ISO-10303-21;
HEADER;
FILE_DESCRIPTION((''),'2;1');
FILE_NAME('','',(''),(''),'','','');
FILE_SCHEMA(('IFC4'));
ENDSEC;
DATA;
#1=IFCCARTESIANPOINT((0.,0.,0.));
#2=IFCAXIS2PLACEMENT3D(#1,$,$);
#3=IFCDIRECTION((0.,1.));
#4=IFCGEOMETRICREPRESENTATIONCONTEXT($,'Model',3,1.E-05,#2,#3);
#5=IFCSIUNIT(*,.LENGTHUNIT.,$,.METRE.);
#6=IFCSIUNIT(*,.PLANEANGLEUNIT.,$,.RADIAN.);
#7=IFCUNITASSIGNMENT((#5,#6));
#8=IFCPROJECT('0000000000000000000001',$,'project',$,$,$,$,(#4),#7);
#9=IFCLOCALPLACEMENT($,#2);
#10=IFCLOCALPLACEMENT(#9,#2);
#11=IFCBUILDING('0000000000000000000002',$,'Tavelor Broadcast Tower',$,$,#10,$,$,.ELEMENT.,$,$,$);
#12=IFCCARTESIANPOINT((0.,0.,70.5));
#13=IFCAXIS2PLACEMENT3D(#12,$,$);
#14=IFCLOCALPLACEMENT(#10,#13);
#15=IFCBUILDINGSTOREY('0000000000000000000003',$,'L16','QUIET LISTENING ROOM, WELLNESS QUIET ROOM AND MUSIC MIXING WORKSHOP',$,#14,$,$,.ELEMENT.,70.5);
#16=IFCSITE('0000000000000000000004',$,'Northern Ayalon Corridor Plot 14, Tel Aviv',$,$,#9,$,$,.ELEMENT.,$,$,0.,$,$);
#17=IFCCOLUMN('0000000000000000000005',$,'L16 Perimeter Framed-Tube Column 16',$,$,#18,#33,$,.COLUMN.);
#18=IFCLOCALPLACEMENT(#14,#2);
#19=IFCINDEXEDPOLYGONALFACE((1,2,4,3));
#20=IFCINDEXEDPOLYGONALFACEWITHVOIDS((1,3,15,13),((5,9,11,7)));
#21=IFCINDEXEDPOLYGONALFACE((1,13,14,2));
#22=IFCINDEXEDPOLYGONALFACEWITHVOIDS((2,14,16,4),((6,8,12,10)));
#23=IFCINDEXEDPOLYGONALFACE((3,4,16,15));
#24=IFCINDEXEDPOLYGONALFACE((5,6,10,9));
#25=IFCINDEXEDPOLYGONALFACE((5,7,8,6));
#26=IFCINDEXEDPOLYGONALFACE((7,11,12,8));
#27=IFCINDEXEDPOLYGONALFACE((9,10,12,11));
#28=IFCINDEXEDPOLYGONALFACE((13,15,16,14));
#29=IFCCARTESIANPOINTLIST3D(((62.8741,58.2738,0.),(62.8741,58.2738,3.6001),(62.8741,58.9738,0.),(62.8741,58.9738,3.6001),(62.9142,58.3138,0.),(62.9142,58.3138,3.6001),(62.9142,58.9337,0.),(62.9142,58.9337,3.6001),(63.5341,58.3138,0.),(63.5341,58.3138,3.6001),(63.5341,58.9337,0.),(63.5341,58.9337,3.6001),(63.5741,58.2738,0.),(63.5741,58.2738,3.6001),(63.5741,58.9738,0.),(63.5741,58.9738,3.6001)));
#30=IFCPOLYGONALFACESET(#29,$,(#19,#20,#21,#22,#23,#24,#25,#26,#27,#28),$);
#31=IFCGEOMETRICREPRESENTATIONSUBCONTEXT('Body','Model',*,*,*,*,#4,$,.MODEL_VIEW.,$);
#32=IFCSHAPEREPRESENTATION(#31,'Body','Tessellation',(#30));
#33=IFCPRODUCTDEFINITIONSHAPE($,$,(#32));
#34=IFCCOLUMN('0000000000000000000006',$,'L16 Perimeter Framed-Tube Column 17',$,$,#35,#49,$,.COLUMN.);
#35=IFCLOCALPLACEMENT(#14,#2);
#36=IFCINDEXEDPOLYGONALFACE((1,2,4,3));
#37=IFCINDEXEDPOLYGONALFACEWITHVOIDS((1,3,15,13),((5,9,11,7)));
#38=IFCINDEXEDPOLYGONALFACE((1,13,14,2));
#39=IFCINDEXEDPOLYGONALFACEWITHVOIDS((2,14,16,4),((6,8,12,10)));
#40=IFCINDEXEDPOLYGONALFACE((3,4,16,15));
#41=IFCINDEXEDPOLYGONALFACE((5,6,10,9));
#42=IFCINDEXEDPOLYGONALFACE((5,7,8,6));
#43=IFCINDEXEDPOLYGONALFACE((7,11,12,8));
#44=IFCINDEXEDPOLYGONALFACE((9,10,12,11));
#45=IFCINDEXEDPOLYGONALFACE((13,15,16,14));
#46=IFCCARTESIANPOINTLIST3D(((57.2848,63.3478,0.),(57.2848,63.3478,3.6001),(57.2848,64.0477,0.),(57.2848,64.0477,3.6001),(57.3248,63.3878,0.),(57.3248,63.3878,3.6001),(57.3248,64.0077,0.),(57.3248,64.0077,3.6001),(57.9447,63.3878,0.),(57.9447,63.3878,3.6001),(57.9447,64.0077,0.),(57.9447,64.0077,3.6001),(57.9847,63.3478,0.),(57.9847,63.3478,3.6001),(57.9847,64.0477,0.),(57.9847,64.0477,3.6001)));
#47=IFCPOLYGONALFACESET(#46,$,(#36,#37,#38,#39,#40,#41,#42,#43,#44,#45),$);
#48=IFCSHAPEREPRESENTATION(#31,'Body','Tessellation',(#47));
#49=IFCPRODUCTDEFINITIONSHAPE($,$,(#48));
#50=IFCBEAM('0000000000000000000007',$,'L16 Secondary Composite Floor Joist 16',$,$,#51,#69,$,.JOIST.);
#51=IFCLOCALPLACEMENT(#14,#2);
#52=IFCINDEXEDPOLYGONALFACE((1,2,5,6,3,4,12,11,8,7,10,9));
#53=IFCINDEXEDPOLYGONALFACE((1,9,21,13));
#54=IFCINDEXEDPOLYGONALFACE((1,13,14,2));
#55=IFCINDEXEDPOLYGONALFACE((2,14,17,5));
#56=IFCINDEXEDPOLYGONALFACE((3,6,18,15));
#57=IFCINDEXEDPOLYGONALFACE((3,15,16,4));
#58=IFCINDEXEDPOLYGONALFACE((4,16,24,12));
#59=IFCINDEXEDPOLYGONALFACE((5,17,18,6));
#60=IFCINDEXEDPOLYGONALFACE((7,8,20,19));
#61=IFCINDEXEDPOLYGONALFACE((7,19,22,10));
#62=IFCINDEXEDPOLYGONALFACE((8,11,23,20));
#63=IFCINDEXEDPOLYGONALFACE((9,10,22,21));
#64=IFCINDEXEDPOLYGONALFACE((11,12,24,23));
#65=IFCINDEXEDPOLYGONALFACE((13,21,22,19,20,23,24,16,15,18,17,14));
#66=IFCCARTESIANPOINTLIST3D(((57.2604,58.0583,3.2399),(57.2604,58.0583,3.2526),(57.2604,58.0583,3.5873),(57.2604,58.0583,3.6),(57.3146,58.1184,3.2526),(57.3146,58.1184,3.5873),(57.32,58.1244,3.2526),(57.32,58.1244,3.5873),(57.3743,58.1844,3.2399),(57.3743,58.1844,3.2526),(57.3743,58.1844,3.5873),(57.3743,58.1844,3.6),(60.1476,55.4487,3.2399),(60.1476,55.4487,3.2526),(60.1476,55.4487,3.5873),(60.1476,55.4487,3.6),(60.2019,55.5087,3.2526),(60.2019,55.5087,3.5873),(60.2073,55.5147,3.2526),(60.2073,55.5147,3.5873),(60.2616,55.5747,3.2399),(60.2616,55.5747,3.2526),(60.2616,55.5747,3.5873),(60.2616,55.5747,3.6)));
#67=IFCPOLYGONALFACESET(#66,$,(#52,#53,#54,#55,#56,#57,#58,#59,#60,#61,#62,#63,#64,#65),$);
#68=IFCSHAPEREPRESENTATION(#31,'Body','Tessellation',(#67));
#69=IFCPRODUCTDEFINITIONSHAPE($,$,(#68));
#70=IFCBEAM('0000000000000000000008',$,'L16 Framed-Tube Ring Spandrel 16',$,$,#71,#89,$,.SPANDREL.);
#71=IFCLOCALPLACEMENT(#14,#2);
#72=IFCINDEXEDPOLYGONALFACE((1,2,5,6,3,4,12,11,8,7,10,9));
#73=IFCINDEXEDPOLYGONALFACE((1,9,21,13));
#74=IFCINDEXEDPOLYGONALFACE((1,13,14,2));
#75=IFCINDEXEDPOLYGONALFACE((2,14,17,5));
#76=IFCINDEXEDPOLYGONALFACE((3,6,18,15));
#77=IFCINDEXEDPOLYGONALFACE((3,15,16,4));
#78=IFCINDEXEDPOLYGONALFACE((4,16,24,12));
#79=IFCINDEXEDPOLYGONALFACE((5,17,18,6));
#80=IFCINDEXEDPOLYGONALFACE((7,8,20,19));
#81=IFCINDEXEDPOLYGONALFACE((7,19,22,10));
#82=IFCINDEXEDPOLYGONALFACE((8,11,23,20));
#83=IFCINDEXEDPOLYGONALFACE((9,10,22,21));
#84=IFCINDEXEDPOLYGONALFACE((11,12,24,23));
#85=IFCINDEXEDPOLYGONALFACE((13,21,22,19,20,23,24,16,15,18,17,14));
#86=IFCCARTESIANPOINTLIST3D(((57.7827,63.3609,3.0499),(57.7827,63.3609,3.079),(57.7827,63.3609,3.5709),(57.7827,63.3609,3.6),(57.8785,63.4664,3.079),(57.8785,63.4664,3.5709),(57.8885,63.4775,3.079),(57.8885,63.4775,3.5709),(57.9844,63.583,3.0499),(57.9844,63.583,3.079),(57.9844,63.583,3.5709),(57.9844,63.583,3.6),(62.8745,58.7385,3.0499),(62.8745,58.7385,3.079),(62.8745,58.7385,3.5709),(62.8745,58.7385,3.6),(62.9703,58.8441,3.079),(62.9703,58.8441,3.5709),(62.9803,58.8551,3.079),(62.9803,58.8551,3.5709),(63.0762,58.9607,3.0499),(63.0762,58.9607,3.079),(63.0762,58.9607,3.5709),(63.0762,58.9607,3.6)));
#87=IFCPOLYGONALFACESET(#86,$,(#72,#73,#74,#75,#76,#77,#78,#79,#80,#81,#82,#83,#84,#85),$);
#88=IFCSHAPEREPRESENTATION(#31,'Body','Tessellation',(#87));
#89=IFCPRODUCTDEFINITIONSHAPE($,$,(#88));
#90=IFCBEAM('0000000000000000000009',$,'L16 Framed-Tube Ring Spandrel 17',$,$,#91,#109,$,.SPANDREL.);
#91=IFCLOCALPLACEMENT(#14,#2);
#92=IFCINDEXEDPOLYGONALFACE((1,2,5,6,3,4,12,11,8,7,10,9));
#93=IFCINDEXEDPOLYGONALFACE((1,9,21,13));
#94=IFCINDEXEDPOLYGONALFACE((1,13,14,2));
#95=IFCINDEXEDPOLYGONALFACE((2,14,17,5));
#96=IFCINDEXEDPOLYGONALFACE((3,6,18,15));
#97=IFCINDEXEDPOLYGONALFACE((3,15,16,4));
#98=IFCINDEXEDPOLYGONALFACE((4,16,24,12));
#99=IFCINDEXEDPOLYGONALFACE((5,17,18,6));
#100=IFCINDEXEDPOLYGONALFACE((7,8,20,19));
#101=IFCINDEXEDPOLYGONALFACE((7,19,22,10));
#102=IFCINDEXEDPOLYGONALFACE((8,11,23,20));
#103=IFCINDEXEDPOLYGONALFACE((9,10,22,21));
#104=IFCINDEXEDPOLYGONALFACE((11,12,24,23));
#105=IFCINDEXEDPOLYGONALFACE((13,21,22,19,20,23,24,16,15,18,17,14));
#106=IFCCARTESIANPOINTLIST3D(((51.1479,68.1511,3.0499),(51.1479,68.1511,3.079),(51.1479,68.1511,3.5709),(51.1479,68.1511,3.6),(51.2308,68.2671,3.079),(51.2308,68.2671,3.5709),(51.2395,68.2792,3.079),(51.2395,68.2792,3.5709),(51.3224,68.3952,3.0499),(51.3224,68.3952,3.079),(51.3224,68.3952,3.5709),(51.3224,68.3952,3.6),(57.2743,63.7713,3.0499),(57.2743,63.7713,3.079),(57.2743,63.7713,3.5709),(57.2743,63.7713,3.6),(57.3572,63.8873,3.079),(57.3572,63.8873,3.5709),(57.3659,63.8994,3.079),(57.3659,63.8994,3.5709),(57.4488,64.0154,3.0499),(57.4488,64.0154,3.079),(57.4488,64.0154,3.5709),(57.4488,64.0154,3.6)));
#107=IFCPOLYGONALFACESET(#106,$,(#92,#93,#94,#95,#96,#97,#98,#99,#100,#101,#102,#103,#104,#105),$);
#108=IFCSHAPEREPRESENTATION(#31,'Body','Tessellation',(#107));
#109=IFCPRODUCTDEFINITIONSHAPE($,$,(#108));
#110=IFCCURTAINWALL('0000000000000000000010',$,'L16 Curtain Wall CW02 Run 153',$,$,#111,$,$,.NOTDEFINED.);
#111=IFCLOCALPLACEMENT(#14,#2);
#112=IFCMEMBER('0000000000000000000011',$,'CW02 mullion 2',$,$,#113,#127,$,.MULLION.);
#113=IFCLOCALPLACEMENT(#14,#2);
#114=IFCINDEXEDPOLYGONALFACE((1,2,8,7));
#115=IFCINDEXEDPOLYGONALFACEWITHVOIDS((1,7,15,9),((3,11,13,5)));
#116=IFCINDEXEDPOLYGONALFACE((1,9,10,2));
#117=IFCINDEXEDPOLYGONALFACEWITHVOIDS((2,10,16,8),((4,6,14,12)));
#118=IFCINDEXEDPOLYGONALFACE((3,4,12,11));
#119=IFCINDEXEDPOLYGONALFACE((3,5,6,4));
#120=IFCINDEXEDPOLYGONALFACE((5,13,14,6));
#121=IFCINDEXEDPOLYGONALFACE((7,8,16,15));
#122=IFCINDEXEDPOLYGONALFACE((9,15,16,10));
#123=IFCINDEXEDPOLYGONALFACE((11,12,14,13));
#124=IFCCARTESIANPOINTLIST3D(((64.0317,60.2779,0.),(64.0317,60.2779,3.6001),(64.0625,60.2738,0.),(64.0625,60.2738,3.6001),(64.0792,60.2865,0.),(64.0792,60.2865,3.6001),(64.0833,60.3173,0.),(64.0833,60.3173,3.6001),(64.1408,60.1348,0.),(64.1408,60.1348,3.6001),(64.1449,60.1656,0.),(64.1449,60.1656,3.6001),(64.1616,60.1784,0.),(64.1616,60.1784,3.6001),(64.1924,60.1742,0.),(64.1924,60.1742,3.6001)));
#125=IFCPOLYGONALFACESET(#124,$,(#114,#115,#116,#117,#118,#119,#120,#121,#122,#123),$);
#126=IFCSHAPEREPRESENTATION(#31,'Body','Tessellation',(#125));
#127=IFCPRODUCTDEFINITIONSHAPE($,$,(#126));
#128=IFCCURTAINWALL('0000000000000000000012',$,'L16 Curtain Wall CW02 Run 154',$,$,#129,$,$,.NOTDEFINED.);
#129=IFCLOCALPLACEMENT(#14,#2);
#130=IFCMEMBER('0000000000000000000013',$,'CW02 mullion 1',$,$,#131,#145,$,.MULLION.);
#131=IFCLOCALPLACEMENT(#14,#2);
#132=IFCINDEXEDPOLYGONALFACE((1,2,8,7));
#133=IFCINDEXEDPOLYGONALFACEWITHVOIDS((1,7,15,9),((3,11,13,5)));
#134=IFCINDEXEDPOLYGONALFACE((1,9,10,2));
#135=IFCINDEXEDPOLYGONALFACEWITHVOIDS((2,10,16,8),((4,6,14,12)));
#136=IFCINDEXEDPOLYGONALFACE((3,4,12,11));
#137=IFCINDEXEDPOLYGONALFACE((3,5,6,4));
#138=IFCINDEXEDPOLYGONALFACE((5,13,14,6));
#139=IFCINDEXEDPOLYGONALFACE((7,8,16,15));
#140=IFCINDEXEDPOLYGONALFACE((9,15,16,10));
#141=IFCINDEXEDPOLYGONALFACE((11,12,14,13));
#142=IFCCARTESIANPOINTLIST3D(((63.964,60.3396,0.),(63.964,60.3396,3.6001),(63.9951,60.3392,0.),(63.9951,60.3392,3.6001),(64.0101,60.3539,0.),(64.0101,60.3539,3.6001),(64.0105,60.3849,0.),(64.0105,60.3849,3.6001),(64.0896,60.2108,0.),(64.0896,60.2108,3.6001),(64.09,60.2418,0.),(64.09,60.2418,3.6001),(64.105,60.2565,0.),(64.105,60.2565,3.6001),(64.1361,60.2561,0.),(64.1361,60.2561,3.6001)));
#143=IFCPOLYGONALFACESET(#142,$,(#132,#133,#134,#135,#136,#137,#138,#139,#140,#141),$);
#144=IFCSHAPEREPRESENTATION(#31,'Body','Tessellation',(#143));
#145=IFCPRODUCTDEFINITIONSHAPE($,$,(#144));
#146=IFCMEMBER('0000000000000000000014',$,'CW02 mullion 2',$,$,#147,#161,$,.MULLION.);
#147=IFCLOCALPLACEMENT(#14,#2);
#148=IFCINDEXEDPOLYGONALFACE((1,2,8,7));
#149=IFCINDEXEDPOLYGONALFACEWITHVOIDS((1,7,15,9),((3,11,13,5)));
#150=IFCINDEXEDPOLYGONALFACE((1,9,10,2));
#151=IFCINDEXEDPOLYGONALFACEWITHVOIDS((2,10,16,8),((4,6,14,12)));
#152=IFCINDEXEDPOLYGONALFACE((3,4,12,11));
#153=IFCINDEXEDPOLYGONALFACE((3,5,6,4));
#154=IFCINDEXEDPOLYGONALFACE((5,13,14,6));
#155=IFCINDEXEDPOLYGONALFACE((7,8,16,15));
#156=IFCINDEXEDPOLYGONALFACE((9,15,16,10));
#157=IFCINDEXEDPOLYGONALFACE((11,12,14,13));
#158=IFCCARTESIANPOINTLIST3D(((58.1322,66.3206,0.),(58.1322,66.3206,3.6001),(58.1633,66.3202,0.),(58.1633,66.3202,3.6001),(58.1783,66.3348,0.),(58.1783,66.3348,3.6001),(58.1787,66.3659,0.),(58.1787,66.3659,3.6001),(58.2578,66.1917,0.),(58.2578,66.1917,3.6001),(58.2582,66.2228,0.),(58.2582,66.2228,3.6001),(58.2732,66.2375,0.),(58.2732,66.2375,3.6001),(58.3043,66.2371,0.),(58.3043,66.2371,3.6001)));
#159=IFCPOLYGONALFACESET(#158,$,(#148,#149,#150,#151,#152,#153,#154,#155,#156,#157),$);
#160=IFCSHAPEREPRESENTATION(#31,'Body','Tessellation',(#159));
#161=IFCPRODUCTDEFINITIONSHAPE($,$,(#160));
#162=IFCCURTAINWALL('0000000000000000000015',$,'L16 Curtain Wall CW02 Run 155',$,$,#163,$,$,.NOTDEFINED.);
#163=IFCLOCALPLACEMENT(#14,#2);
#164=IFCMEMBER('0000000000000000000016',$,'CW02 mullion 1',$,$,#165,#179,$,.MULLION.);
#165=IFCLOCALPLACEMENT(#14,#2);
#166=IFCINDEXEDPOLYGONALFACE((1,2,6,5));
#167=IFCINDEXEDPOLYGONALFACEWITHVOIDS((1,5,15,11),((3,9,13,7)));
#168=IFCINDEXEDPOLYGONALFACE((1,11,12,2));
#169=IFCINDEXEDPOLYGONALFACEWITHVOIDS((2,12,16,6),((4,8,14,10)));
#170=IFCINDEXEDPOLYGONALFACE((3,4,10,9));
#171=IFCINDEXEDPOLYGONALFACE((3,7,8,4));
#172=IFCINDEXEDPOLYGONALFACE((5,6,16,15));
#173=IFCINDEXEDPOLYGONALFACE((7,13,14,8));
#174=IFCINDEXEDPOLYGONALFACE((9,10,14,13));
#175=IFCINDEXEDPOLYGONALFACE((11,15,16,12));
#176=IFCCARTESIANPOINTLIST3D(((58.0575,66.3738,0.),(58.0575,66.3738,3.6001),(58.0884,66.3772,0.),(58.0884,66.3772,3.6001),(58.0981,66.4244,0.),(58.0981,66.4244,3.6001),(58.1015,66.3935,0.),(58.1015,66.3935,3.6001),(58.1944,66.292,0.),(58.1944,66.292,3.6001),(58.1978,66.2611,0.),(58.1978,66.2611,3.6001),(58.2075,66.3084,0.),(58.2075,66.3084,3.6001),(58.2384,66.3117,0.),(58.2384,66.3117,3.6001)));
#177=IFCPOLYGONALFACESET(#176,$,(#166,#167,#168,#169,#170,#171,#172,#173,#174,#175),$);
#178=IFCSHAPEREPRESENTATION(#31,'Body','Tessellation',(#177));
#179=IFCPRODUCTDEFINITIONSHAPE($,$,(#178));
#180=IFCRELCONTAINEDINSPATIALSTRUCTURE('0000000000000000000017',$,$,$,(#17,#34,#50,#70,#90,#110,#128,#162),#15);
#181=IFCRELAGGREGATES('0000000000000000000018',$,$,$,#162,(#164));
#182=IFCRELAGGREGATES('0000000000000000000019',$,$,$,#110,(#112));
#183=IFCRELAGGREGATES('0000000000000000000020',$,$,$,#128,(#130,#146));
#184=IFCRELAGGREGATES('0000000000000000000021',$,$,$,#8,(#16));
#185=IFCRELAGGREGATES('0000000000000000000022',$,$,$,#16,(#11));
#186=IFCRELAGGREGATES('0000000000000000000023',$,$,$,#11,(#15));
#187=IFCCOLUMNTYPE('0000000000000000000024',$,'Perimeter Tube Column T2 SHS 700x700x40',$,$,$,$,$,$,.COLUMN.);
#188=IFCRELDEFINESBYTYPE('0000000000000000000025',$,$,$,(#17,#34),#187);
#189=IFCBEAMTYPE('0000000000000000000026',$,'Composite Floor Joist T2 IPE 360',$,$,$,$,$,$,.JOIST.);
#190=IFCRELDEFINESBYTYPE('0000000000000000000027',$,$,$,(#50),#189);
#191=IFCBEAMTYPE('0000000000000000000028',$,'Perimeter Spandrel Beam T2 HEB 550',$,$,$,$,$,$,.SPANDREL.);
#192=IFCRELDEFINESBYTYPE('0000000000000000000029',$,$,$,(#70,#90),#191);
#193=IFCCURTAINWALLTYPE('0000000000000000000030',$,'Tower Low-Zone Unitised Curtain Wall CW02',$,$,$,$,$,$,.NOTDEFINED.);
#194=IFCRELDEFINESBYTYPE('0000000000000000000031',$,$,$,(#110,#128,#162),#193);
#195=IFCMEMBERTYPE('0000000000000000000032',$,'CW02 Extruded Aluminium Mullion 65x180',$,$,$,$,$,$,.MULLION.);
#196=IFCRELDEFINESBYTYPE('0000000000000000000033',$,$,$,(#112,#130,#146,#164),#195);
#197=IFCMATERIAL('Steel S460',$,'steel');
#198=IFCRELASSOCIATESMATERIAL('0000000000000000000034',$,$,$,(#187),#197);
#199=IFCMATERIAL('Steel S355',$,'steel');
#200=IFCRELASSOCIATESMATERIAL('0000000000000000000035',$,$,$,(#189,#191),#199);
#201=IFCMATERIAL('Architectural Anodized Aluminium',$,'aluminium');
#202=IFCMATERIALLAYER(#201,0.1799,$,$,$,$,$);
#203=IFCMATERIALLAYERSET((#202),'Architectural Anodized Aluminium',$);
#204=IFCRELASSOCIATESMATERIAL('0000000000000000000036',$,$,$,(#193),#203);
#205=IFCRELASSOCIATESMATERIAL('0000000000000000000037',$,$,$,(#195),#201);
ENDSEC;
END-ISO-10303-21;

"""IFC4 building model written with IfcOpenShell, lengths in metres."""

from ifc_helpers import new_model, si_unit, direction, frame, origin, origin_2d, place, context, subcontext, project, spatial, hollow_rectangle, i_section, extrude, source, transform, mapped, material, layer, layer_set, material_profile, profile_set, type_object, type_shapes, element, aggregate, save


model = new_model("IFC4")

# Units and contexts
model_context = context("Model", 3, precision=1e-05, world=origin(), true_north=direction((0.0, 1.0)))
body_context = subcontext(model_context, "Body", "Model", "MODEL_VIEW")
ifc_project = project(units=[si_unit("LENGTHUNIT", "METRE"), si_unit("PLANEANGLEUNIT", "RADIAN")], contexts=[model_context])

# Site, building, storey
site_placement = place(None, origin())
site = spatial("IfcSite", under=ifc_project, at=site_placement, Name="Northern Ayalon Corridor Plot 14, Tel Aviv", CompositionType="ELEMENT", RefElevation=0.0)
building_placement = place(site_placement, origin())
building = spatial("IfcBuilding", under=site, at=building_placement, Name="Tavelor Broadcast Tower", CompositionType="ELEMENT")
storey_placement = place(building_placement, frame((0.0, 0.0, 70.5)))
storey = spatial("IfcBuildingStorey", under=building, at=storey_placement, Name="L16", Description="QUIET LISTENING ROOM, WELLNESS QUIET ROOM AND MUSIC MIXING WORKSHOP", CompositionType="ELEMENT", Elevation=70.5)

# Columns
ifc_material_1 = material(Name="Steel S460", Category="steel")
ifc_material_profile_1 = material_profile(ifc_material_1, hollow_rectangle(XDim=0.7, YDim=0.7, WallThickness=0.04, at=origin_2d()), Name="SHS 700x700x40")
ifc_profile_set_1 = profile_set([ifc_material_profile_1], Name="Steel S460")
column_type = type_object("IfcColumnType", Name="Perimeter Tube Column T2 SHS 700x700x40", PredefinedType="COLUMN", material=ifc_profile_set_1)
for number, where, z_axis, x_axis, name in (
    (1, (63.2241, 58.6238, 0.0), (0.0, 0.0, 1.0), (1.0, 0.0, 0.0), "L16 Perimeter Framed-Tube Column 16"),
    (2, (57.6348, 63.6978, 0.0), (0.0, 0.0, 1.0), (1.0, 0.0, 0.0), "L16 Perimeter Framed-Tube Column 17"),
):
    element("IfcColumn", number, at=place(storey_placement, frame(where, z_axis=z_axis, x_axis=x_axis)), inside=storey, type_object=column_type, Name=name, PredefinedType="COLUMN", context=body_context, shape_type="SweptSolid", body=[
        extrude(hollow_rectangle(XDim=0.7, YDim=0.7, WallThickness=0.04, at=origin_2d()), origin(), (0.0, 0.0, 1.0), 3.6001),
    ])

# Beams
ifc_material_2 = material(Name="Steel S355", Category="steel")
ifc_material_profile_2 = material_profile(ifc_material_2, i_section(OverallWidth=0.1699, OverallDepth=0.3601, WebThickness=0.0081, FlangeThickness=0.0127, at=origin_2d()), Name="IPE 360")
ifc_profile_set_2 = profile_set([ifc_material_profile_2], Name="Steel S355")
beam_type_1 = type_object("IfcBeamType", Name="Composite Floor Joist T2 IPE 360", PredefinedType="JOIST", material=ifc_profile_set_2)
beam_1_placement = place(storey_placement, frame((60.2046, 55.5117, 3.4199), z_axis=(-0.74187, 0.670544, 0.0), x_axis=(-0.670544, -0.74187, 0.0)))
element("IfcBeam", 3, at=beam_1_placement, inside=storey, type_object=beam_type_1, Name="L16 Secondary Composite Floor Joist 16", PredefinedType="JOIST", context=body_context, shape_type="SweptSolid", body=[
    extrude(i_section(OverallWidth=0.1699, OverallDepth=0.3601, WebThickness=0.0081, FlangeThickness=0.0127, at=origin_2d()), origin(), (0.0, 0.0, 1.0), 3.8918),
])
ifc_material_profile_3 = material_profile(ifc_material_2, i_section(OverallWidth=0.3, OverallDepth=0.55, WebThickness=0.0149, FlangeThickness=0.0291, at=origin_2d()), Name="HEB 550")
ifc_profile_set_3 = profile_set([ifc_material_profile_3], Name="Steel S355")
beam_type_2 = type_object("IfcBeamType", Name="Perimeter Spandrel Beam T2 HEB 550", PredefinedType="SPANDREL", material=ifc_profile_set_3)
beam_2_placement = place(storey_placement, frame((62.9753, 58.8496, 3.325), z_axis=(-0.740417, 0.672148, 0.0), x_axis=(-0.672148, -0.740417, 0.0)))
element("IfcBeam", 4, at=beam_2_placement, inside=storey, type_object=beam_type_2, Name="L16 Framed-Tube Ring Spandrel 16", PredefinedType="SPANDREL", context=body_context, shape_type="SweptSolid", body=[
    extrude(i_section(OverallWidth=0.3, OverallDepth=0.55, WebThickness=0.0149, FlangeThickness=0.0291, at=origin_2d()), origin(), (0.0, 0.0, 1.0), 6.877),
])
beam_3_placement = place(storey_placement, frame((57.3616, 63.8933, 3.325), z_axis=(-0.813492, 0.581575, 0.0), x_axis=(-0.581575, -0.813492, 0.0)))
element("IfcBeam", 5, at=beam_3_placement, inside=storey, type_object=beam_type_2, Name="L16 Framed-Tube Ring Spandrel 17", PredefinedType="SPANDREL", context=body_context, shape_type="SweptSolid", body=[
    extrude(i_section(OverallWidth=0.3, OverallDepth=0.55, WebThickness=0.0149, FlangeThickness=0.0291, at=origin_2d()), origin(), (0.0, 0.0, 1.0), 7.531),
])

# Curtain wall, member
ifc_material_3 = material(Name="Architectural Anodized Aluminium", Category="aluminium")
ifc_layer_1 = layer(ifc_material_3, 0.1799)
ifc_layer_set_1 = layer_set([ifc_layer_1], Name="Architectural Anodized Aluminium")
curtain_wall_type = type_object("IfcCurtainWallType", Name="Tower Low-Zone Unitised Curtain Wall CW02", PredefinedType="NOTDEFINED", material=ifc_layer_set_1)
curtain_wall_1_placement = place(storey_placement, origin())
curtain_wall_1 = element("IfcCurtainWall", 6, at=curtain_wall_1_placement, inside=storey, type_object=curtain_wall_type, Name="L16 Curtain Wall CW02 Run 153", PredefinedType="NOTDEFINED")
ifc_material_profile_4 = material_profile(ifc_material_3, hollow_rectangle(XDim=0.0649, YDim=0.1799, WallThickness=0.022, at=origin_2d()), Name="RHS 65x180x22")
ifc_profile_set_4 = profile_set([ifc_material_profile_4], Name="Architectural Anodized Aluminium")
member_type_1 = type_object("IfcMemberType", Name="CW02 Extruded Aluminium Mullion 65x180", PredefinedType="MULLION", material=ifc_profile_set_4)
shared_shape_1 = source(origin(), body_context, "Body", "SweptSolid", [
    extrude(hollow_rectangle(XDim=0.0649, YDim=0.1799, WallThickness=0.022, at=origin_2d()), origin(), (0.0, 0.0, 1.0), 3.6001),
])
type_shapes(member_type_1, [shared_shape_1])
member_1_placement = place(storey_placement, frame((64.1121, 60.2261, 0.0), z_axis=(0.0, 0.0, 1.0), x_axis=(-0.79521, -0.606335, 0.0)))
member_1 = element("IfcMember", 7, at=member_1_placement, type_object=member_type_1, Name="CW02 mullion 2", PredefinedType="MULLION", context=body_context, shape_type="MappedRepresentation", body=[
    mapped(shared_shape_1, transform((0.0, 0.0, 0.0), scale=1.0)),
])

# Curtain wall, members
curtain_wall_2_placement = place(storey_placement, origin())
curtain_wall_2 = element("IfcCurtainWall", 8, at=curtain_wall_2_placement, inside=storey, type_object=curtain_wall_type, Name="L16 Curtain Wall CW02 Run 154", PredefinedType="NOTDEFINED")
member_2_placement = place(storey_placement, frame((64.05, 60.2979, 0.0), z_axis=(0.0, 0.0, 1.0), x_axis=(-0.715983, -0.698118, 0.0)))
member_2 = element("IfcMember", 9, at=member_2_placement, type_object=member_type_1, Name="CW02 mullion 1", PredefinedType="MULLION", context=body_context, shape_type="MappedRepresentation", body=[
    mapped(shared_shape_1, transform((0.0, 0.0, 0.0), scale=1.0)),
])
member_3_placement = place(storey_placement, frame((58.2183, 66.2788, 0.0), z_axis=(0.0, 0.0, 1.0), x_axis=(-0.715983, -0.698118, 0.0)))
member_3 = element("IfcMember", 10, at=member_3_placement, type_object=member_type_1, Name="CW02 mullion 2", PredefinedType="MULLION", context=body_context, shape_type="MappedRepresentation", body=[
    mapped(shared_shape_1, transform((0.0, 0.0, 0.0), scale=1.0)),
])

# Curtain wall, member
curtain_wall_3_placement = place(storey_placement, origin())
curtain_wall_3 = element("IfcCurtainWall", 11, at=curtain_wall_3_placement, inside=storey, type_object=curtain_wall_type, Name="L16 Curtain Wall CW02 Run 155", PredefinedType="NOTDEFINED")
member_4_placement = place(storey_placement, frame((58.1479, 66.3428, 0.0), z_axis=(0.0, 0.0, 1.0), x_axis=(-0.626255, -0.779618, 0.0)))
member_4 = element("IfcMember", 12, at=member_4_placement, type_object=member_type_1, Name="CW02 mullion 1", PredefinedType="MULLION", context=body_context, shape_type="MappedRepresentation", body=[
    mapped(shared_shape_1, transform((0.0, 0.0, 0.0), scale=1.0)),
])

aggregate(curtain_wall_3, [member_4])

aggregate(curtain_wall_1, [member_1])
aggregate(curtain_wall_2, [member_2, member_3])

save(model, "model.ifc")
